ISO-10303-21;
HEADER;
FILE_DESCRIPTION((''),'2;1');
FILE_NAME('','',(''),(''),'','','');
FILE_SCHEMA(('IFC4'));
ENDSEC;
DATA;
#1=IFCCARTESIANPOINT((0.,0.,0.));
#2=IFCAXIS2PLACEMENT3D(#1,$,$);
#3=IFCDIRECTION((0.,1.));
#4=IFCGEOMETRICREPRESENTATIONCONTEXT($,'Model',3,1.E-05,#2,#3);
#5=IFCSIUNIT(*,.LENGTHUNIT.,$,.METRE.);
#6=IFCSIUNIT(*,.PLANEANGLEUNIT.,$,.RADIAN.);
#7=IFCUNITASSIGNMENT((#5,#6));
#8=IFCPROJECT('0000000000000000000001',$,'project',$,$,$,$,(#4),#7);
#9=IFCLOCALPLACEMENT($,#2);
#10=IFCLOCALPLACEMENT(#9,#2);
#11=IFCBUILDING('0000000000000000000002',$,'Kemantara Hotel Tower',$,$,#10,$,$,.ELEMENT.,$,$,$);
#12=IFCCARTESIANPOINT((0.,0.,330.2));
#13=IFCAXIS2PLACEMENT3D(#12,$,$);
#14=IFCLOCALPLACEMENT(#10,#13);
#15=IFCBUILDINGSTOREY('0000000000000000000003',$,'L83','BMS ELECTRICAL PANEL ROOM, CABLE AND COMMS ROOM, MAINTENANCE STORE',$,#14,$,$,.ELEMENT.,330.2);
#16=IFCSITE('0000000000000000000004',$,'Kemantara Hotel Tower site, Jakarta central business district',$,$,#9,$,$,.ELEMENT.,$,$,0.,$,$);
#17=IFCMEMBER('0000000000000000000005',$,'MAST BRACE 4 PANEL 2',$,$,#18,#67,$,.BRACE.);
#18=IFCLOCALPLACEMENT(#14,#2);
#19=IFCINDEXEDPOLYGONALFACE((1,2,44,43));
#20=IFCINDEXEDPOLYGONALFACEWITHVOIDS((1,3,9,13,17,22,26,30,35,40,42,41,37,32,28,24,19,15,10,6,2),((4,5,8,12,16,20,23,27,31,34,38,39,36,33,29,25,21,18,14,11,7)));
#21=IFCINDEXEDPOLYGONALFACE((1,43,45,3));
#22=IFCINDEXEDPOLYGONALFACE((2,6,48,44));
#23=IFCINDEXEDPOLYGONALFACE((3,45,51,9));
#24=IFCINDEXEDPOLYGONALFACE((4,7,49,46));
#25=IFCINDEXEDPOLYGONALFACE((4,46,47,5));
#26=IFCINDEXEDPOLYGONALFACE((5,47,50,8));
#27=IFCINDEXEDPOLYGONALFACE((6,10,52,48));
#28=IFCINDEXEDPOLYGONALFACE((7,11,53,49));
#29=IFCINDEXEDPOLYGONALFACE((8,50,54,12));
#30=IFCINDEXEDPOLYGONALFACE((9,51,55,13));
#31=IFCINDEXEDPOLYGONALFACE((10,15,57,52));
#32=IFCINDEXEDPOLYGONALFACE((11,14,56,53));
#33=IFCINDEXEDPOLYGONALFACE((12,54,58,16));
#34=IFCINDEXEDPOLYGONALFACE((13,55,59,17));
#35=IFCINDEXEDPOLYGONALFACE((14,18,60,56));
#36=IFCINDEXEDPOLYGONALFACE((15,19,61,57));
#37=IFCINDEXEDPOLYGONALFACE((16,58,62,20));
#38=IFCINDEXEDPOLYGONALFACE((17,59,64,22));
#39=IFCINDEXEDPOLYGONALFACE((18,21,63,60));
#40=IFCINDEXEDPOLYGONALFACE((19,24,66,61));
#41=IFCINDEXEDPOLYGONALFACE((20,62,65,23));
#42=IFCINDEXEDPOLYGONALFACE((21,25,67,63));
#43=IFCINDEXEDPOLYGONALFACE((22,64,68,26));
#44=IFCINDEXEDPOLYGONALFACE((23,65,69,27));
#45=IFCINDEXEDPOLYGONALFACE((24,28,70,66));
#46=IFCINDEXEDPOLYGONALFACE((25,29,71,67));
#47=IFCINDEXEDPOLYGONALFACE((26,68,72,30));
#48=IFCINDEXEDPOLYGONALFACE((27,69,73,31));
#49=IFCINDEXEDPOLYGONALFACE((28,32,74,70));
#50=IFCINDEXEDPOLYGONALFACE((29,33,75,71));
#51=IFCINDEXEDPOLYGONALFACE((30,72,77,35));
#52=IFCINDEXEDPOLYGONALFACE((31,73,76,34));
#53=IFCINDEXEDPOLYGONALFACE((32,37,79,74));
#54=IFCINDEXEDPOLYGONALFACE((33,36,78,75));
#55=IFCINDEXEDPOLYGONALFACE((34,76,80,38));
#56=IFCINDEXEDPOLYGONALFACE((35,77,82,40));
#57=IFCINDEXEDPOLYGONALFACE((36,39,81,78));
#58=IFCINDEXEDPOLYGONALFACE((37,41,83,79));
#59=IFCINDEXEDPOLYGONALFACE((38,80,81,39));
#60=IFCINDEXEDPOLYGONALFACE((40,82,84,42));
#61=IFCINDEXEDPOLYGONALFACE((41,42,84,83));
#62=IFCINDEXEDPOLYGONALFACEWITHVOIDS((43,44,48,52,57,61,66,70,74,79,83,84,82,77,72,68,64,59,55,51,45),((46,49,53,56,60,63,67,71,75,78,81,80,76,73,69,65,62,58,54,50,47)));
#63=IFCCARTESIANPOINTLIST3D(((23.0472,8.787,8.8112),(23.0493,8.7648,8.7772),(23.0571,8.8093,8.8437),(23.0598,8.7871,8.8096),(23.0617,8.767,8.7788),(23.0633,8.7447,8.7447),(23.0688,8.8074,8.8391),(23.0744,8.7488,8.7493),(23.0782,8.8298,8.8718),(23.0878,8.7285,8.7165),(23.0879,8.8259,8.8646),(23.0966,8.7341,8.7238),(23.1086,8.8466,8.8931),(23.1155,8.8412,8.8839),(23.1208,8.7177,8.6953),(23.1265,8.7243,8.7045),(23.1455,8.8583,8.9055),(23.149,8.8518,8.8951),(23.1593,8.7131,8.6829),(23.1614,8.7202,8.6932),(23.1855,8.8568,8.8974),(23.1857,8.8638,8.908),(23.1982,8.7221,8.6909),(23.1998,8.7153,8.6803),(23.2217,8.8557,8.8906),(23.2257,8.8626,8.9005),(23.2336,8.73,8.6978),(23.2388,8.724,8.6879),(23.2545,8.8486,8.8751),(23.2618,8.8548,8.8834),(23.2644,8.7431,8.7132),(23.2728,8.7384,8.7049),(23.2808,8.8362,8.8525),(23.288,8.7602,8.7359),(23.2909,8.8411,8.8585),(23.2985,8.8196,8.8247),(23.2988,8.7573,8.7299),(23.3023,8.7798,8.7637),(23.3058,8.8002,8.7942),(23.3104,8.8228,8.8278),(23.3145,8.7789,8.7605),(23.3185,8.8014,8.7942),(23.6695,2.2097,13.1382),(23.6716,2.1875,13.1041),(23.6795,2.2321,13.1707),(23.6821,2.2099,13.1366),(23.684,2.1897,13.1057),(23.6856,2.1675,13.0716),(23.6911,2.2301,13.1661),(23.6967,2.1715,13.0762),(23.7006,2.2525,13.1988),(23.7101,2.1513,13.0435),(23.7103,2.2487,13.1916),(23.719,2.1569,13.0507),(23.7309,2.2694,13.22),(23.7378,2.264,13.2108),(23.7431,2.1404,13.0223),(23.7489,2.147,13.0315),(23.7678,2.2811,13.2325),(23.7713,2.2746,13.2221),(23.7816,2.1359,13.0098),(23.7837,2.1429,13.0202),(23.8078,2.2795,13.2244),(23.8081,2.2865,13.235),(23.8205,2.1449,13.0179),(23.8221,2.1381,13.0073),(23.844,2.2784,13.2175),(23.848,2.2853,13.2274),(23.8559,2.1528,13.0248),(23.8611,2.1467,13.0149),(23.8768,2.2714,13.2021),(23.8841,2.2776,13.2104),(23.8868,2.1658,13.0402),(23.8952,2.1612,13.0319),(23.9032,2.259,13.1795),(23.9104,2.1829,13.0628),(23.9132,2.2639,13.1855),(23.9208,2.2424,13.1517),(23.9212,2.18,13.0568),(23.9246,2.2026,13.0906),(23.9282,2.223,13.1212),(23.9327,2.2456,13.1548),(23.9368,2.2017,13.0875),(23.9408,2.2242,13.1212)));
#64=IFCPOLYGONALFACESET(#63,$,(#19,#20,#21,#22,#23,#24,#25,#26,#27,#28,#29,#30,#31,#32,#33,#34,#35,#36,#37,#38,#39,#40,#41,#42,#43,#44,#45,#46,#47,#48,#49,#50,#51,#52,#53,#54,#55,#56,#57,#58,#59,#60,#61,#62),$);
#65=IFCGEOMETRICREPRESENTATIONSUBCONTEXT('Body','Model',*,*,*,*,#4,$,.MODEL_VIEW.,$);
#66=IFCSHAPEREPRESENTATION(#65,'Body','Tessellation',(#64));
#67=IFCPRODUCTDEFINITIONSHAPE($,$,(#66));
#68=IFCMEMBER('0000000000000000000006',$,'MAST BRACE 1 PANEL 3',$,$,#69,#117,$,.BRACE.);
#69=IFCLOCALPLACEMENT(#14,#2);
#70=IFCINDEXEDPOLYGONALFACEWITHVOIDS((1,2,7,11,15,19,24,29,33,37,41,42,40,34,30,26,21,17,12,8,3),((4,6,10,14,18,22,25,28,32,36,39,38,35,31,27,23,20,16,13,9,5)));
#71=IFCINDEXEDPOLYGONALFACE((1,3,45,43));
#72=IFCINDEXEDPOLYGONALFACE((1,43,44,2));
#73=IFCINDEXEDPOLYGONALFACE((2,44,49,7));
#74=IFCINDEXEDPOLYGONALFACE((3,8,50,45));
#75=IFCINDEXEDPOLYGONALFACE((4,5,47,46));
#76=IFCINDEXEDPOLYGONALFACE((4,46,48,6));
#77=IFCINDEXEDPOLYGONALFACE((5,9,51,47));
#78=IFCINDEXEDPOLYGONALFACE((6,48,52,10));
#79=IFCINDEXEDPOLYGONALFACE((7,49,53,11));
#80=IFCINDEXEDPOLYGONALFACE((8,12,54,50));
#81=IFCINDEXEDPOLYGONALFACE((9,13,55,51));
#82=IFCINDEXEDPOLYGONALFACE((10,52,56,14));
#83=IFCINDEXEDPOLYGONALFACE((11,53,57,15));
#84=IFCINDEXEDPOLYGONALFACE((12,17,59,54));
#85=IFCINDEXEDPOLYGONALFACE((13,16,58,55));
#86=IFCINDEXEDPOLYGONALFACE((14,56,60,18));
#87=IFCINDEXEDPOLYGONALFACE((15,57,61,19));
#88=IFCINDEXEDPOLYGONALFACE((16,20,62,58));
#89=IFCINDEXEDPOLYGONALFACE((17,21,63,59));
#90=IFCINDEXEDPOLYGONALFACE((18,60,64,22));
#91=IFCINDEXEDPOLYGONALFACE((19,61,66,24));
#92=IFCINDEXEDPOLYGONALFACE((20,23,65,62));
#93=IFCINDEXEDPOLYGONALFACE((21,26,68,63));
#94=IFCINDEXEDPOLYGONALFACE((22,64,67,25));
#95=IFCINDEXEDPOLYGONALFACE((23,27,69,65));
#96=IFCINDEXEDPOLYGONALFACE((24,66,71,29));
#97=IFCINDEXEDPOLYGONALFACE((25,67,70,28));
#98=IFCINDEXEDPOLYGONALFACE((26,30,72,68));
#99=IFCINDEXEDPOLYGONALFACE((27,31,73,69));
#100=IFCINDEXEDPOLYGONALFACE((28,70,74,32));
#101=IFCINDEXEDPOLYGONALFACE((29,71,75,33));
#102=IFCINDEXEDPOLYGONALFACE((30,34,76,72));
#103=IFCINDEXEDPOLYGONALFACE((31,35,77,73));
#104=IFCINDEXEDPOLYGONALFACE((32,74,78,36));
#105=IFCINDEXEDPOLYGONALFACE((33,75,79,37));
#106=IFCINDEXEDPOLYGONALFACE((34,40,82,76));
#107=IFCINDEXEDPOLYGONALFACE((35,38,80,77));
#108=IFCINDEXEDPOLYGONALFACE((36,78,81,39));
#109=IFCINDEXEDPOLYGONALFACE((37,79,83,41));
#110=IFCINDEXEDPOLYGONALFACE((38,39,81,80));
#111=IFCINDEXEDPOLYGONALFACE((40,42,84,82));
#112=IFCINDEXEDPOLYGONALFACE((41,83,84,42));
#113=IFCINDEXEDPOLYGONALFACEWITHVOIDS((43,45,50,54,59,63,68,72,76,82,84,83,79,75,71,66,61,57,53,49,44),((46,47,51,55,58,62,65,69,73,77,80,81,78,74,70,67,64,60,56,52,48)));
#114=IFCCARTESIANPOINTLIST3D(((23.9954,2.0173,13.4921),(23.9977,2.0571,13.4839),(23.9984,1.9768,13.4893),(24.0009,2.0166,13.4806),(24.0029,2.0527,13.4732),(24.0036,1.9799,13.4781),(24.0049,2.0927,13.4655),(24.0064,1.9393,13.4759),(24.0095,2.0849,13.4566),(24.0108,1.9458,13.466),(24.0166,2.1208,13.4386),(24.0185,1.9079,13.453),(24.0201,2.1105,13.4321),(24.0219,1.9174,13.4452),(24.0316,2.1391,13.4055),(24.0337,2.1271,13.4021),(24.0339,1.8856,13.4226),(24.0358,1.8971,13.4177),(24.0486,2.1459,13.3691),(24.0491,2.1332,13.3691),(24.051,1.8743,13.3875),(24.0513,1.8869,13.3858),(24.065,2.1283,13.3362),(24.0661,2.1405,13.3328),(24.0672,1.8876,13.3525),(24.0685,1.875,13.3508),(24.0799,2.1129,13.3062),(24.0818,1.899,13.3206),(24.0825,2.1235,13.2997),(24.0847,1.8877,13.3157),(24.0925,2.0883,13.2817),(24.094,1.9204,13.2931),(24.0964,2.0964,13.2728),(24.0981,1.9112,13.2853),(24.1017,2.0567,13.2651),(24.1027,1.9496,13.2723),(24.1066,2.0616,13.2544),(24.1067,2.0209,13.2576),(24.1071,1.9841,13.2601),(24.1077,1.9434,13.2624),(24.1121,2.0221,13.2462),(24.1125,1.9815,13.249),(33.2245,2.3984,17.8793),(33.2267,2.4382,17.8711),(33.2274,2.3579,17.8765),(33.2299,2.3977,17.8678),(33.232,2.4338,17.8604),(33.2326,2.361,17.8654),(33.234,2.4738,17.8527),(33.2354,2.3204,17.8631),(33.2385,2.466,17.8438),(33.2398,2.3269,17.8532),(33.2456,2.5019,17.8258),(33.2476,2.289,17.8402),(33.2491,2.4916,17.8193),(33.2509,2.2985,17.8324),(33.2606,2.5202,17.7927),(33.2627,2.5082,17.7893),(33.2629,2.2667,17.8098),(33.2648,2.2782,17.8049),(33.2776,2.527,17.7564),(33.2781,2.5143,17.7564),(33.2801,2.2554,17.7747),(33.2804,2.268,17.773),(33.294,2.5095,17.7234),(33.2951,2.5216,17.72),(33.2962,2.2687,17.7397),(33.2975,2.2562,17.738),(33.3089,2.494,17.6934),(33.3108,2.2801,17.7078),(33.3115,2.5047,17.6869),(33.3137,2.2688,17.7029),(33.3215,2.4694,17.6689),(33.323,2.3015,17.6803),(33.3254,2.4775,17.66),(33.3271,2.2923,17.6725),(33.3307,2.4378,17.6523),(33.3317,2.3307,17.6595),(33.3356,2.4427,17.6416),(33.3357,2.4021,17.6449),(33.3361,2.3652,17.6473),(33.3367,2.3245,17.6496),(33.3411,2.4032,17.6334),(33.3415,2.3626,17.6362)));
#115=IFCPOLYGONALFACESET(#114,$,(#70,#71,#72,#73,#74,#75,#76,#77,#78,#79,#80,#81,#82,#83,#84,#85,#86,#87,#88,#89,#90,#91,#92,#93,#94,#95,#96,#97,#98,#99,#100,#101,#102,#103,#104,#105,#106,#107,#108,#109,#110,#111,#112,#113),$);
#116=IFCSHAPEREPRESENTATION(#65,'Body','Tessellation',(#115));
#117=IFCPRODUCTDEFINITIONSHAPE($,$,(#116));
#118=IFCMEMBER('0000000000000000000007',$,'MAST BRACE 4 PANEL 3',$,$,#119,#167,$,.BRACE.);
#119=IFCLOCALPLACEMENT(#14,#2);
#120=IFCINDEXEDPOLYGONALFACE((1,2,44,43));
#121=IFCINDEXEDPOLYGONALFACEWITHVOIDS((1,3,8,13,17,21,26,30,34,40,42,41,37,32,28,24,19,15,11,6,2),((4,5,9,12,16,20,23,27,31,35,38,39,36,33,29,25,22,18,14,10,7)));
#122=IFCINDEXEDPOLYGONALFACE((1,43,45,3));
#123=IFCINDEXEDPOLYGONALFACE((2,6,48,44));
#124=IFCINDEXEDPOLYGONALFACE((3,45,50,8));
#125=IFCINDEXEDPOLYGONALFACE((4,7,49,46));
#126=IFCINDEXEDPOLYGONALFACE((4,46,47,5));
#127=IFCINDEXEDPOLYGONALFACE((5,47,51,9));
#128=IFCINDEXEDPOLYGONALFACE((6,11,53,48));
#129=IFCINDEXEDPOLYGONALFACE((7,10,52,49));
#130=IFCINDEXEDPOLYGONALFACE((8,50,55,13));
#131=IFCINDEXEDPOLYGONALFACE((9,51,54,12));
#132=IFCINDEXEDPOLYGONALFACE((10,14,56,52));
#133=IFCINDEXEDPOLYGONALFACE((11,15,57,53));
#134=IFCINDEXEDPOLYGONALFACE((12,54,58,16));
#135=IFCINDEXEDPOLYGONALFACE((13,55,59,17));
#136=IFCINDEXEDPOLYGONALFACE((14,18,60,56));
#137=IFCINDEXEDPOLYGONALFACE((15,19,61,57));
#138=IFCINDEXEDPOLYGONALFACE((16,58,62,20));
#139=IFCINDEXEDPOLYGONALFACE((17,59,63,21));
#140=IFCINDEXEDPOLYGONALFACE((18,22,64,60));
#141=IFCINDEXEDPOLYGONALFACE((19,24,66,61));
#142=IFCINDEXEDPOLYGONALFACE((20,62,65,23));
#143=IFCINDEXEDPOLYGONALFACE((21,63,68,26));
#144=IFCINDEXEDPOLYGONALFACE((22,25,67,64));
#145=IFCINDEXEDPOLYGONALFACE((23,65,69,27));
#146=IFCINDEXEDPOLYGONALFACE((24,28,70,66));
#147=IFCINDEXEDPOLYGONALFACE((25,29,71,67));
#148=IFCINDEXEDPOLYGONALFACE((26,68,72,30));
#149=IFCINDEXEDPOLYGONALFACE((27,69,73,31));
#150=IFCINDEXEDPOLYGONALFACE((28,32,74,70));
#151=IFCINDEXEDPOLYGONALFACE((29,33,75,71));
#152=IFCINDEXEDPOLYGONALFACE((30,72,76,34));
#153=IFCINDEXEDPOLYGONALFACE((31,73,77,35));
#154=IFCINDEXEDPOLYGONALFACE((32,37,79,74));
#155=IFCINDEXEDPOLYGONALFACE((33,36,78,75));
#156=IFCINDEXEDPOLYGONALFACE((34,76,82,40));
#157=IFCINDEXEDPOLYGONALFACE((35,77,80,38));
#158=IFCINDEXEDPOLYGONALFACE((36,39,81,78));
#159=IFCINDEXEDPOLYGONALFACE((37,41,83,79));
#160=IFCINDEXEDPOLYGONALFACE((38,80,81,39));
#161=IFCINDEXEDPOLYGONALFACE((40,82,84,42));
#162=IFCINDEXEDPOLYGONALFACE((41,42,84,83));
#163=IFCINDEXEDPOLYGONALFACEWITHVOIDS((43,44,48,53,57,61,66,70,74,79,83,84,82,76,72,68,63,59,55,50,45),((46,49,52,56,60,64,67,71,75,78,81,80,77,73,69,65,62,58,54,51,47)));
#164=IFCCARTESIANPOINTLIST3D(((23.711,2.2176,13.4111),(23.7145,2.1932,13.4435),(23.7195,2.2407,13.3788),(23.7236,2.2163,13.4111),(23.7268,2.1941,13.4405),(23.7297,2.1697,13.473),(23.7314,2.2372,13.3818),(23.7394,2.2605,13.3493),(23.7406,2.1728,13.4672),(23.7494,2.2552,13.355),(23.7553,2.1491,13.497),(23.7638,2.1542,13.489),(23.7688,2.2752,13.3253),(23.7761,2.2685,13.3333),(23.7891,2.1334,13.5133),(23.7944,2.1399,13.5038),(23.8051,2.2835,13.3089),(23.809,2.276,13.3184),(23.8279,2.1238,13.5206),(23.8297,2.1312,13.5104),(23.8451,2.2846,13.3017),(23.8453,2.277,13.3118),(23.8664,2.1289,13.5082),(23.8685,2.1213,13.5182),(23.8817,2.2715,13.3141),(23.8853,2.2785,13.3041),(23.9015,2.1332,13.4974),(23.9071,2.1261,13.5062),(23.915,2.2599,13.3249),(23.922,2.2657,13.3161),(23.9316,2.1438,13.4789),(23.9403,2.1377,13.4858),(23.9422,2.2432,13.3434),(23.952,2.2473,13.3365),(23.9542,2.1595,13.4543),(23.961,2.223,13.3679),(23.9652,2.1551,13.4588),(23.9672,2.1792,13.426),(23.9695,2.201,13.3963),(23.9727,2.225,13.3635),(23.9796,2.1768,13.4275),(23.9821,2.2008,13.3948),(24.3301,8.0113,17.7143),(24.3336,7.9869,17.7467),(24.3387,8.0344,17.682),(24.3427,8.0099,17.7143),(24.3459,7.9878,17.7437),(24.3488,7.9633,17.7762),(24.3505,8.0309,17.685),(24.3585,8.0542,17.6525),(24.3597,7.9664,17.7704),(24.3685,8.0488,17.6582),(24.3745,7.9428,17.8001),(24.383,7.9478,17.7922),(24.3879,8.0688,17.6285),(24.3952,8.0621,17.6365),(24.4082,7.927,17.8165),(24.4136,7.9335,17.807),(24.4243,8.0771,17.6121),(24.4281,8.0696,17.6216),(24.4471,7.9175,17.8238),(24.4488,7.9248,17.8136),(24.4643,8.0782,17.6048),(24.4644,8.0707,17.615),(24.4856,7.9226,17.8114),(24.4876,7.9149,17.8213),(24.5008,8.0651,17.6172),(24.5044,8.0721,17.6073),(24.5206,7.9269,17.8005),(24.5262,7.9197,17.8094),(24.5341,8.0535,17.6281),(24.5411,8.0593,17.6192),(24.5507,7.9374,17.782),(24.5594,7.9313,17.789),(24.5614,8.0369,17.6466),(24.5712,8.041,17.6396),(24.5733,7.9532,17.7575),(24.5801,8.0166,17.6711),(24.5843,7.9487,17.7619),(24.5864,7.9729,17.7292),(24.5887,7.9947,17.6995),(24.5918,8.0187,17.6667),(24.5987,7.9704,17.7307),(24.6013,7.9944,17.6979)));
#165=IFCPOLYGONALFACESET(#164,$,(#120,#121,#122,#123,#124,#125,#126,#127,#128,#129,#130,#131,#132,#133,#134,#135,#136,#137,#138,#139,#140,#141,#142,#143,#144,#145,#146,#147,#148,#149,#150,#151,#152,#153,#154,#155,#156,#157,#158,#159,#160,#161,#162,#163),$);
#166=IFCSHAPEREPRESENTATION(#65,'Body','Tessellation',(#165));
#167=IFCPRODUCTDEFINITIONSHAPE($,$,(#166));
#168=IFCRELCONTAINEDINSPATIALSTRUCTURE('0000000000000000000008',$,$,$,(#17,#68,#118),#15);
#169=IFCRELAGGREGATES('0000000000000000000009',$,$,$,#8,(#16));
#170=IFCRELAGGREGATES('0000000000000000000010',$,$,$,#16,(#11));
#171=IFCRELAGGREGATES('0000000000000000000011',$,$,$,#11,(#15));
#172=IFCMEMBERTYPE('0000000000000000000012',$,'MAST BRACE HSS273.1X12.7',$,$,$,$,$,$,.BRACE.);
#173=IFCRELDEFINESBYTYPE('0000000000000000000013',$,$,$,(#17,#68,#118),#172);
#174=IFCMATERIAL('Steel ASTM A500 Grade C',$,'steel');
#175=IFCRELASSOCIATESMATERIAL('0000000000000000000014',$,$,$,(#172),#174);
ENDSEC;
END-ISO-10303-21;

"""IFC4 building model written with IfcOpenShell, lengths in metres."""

from ifc_helpers import new_model, si_unit, direction, frame, origin, origin_2d, place, context, subcontext, project, spatial, hollow_circle, extrude, material, material_profile, profile_set, type_object, element, save


model = new_model("IFC4")

# Units and contexts
model_context = context("Model", 3, precision=1e-05, world=origin(), true_north=direction((0.0, 1.0)))
body_context = subcontext(model_context, "Body", "Model", "MODEL_VIEW")
ifc_project = project(units=[si_unit("LENGTHUNIT", "METRE"), si_unit("PLANEANGLEUNIT", "RADIAN")], contexts=[model_context])

# Site, building, storey
site_placement = place(None, origin())
site = spatial("IfcSite", under=ifc_project, at=site_placement, Name="Kemantara Hotel Tower site, Jakarta central business district", CompositionType="ELEMENT", RefElevation=0.0)
building_placement = place(site_placement, origin())
building = spatial("IfcBuilding", under=site, at=building_placement, Name="Kemantara Hotel Tower", CompositionType="ELEMENT")
storey_placement = place(building_placement, frame((0.0, 0.0, 330.2)))
storey = spatial("IfcBuildingStorey", under=building, at=storey_placement, Name="L83", Description="BMS ELECTRICAL PANEL ROOM, CABLE AND COMMS ROOM, MAINTENANCE STORE", CompositionType="ELEMENT", Elevation=330.2)

# Members
ifc_material_1 = material(Name="Steel ASTM A500 Grade C", Category="steel")
ifc_material_profile_1 = material_profile(ifc_material_1, hollow_circle(Radius=0.1365, WallThickness=0.0127, at=origin_2d()), Name="HSS273.1X12.7")
ifc_profile_set_1 = profile_set([ifc_material_profile_1], Name="Steel ASTM A500 Grade C")
member_type_1 = type_object("IfcMemberType", Name="MAST BRACE HSS273.1X12.7", PredefinedType="BRACE", material=ifc_profile_set_1)
member_1_placement = place(storey_placement, frame((23.1826, 8.7886, 8.7942), z_axis=(0.0788, -0.832829, 0.547893), x_axis=(0.995554, 0.094197, 0.0)))
element("IfcMember", 1, at=member_1_placement, inside=storey, type_object=member_type_1, Name="MAST BRACE 4 PANEL 2", PredefinedType="BRACE", context=body_context, shape_type="SweptSolid", body=[
    extrude(hollow_circle(Radius=0.1365, WallThickness=0.0127, at=origin_2d()), origin(), (0.0, 0.0, 1.0), 7.8975),
])
member_2_placement = place(storey_placement, frame((24.0542, 2.0095, 13.3691), z_axis=(0.90252, 0.037269, 0.429032), x_axis=(-0.041259, 0.999148, 0.0)))
element("IfcMember", 2, at=member_2_placement, inside=storey, type_object=member_type_1, Name="MAST BRACE 1 PANEL 3", PredefinedType="BRACE", context=body_context, shape_type="SweptSolid", body=[
    extrude(hollow_circle(Radius=0.1365, WallThickness=0.0127, at=origin_2d()), origin(), (0.0, 0.0, 1.0), 10.2258),
])
member_3_placement = place(storey_placement, frame((23.8467, 2.2031, 13.4111), z_axis=(0.085476, 0.79985, 0.594082), x_axis=(-0.994338, 0.106259, 0.0)))
element("IfcMember", 3, at=member_3_placement, inside=storey, type_object=member_type_1, Name="MAST BRACE 4 PANEL 3", PredefinedType="BRACE", context=body_context, shape_type="SweptSolid", body=[
    extrude(hollow_circle(Radius=0.1365, WallThickness=0.0127, at=origin_2d()), origin(), (0.0, 0.0, 1.0), 7.2434),
])

save(model, "model.ifc")
